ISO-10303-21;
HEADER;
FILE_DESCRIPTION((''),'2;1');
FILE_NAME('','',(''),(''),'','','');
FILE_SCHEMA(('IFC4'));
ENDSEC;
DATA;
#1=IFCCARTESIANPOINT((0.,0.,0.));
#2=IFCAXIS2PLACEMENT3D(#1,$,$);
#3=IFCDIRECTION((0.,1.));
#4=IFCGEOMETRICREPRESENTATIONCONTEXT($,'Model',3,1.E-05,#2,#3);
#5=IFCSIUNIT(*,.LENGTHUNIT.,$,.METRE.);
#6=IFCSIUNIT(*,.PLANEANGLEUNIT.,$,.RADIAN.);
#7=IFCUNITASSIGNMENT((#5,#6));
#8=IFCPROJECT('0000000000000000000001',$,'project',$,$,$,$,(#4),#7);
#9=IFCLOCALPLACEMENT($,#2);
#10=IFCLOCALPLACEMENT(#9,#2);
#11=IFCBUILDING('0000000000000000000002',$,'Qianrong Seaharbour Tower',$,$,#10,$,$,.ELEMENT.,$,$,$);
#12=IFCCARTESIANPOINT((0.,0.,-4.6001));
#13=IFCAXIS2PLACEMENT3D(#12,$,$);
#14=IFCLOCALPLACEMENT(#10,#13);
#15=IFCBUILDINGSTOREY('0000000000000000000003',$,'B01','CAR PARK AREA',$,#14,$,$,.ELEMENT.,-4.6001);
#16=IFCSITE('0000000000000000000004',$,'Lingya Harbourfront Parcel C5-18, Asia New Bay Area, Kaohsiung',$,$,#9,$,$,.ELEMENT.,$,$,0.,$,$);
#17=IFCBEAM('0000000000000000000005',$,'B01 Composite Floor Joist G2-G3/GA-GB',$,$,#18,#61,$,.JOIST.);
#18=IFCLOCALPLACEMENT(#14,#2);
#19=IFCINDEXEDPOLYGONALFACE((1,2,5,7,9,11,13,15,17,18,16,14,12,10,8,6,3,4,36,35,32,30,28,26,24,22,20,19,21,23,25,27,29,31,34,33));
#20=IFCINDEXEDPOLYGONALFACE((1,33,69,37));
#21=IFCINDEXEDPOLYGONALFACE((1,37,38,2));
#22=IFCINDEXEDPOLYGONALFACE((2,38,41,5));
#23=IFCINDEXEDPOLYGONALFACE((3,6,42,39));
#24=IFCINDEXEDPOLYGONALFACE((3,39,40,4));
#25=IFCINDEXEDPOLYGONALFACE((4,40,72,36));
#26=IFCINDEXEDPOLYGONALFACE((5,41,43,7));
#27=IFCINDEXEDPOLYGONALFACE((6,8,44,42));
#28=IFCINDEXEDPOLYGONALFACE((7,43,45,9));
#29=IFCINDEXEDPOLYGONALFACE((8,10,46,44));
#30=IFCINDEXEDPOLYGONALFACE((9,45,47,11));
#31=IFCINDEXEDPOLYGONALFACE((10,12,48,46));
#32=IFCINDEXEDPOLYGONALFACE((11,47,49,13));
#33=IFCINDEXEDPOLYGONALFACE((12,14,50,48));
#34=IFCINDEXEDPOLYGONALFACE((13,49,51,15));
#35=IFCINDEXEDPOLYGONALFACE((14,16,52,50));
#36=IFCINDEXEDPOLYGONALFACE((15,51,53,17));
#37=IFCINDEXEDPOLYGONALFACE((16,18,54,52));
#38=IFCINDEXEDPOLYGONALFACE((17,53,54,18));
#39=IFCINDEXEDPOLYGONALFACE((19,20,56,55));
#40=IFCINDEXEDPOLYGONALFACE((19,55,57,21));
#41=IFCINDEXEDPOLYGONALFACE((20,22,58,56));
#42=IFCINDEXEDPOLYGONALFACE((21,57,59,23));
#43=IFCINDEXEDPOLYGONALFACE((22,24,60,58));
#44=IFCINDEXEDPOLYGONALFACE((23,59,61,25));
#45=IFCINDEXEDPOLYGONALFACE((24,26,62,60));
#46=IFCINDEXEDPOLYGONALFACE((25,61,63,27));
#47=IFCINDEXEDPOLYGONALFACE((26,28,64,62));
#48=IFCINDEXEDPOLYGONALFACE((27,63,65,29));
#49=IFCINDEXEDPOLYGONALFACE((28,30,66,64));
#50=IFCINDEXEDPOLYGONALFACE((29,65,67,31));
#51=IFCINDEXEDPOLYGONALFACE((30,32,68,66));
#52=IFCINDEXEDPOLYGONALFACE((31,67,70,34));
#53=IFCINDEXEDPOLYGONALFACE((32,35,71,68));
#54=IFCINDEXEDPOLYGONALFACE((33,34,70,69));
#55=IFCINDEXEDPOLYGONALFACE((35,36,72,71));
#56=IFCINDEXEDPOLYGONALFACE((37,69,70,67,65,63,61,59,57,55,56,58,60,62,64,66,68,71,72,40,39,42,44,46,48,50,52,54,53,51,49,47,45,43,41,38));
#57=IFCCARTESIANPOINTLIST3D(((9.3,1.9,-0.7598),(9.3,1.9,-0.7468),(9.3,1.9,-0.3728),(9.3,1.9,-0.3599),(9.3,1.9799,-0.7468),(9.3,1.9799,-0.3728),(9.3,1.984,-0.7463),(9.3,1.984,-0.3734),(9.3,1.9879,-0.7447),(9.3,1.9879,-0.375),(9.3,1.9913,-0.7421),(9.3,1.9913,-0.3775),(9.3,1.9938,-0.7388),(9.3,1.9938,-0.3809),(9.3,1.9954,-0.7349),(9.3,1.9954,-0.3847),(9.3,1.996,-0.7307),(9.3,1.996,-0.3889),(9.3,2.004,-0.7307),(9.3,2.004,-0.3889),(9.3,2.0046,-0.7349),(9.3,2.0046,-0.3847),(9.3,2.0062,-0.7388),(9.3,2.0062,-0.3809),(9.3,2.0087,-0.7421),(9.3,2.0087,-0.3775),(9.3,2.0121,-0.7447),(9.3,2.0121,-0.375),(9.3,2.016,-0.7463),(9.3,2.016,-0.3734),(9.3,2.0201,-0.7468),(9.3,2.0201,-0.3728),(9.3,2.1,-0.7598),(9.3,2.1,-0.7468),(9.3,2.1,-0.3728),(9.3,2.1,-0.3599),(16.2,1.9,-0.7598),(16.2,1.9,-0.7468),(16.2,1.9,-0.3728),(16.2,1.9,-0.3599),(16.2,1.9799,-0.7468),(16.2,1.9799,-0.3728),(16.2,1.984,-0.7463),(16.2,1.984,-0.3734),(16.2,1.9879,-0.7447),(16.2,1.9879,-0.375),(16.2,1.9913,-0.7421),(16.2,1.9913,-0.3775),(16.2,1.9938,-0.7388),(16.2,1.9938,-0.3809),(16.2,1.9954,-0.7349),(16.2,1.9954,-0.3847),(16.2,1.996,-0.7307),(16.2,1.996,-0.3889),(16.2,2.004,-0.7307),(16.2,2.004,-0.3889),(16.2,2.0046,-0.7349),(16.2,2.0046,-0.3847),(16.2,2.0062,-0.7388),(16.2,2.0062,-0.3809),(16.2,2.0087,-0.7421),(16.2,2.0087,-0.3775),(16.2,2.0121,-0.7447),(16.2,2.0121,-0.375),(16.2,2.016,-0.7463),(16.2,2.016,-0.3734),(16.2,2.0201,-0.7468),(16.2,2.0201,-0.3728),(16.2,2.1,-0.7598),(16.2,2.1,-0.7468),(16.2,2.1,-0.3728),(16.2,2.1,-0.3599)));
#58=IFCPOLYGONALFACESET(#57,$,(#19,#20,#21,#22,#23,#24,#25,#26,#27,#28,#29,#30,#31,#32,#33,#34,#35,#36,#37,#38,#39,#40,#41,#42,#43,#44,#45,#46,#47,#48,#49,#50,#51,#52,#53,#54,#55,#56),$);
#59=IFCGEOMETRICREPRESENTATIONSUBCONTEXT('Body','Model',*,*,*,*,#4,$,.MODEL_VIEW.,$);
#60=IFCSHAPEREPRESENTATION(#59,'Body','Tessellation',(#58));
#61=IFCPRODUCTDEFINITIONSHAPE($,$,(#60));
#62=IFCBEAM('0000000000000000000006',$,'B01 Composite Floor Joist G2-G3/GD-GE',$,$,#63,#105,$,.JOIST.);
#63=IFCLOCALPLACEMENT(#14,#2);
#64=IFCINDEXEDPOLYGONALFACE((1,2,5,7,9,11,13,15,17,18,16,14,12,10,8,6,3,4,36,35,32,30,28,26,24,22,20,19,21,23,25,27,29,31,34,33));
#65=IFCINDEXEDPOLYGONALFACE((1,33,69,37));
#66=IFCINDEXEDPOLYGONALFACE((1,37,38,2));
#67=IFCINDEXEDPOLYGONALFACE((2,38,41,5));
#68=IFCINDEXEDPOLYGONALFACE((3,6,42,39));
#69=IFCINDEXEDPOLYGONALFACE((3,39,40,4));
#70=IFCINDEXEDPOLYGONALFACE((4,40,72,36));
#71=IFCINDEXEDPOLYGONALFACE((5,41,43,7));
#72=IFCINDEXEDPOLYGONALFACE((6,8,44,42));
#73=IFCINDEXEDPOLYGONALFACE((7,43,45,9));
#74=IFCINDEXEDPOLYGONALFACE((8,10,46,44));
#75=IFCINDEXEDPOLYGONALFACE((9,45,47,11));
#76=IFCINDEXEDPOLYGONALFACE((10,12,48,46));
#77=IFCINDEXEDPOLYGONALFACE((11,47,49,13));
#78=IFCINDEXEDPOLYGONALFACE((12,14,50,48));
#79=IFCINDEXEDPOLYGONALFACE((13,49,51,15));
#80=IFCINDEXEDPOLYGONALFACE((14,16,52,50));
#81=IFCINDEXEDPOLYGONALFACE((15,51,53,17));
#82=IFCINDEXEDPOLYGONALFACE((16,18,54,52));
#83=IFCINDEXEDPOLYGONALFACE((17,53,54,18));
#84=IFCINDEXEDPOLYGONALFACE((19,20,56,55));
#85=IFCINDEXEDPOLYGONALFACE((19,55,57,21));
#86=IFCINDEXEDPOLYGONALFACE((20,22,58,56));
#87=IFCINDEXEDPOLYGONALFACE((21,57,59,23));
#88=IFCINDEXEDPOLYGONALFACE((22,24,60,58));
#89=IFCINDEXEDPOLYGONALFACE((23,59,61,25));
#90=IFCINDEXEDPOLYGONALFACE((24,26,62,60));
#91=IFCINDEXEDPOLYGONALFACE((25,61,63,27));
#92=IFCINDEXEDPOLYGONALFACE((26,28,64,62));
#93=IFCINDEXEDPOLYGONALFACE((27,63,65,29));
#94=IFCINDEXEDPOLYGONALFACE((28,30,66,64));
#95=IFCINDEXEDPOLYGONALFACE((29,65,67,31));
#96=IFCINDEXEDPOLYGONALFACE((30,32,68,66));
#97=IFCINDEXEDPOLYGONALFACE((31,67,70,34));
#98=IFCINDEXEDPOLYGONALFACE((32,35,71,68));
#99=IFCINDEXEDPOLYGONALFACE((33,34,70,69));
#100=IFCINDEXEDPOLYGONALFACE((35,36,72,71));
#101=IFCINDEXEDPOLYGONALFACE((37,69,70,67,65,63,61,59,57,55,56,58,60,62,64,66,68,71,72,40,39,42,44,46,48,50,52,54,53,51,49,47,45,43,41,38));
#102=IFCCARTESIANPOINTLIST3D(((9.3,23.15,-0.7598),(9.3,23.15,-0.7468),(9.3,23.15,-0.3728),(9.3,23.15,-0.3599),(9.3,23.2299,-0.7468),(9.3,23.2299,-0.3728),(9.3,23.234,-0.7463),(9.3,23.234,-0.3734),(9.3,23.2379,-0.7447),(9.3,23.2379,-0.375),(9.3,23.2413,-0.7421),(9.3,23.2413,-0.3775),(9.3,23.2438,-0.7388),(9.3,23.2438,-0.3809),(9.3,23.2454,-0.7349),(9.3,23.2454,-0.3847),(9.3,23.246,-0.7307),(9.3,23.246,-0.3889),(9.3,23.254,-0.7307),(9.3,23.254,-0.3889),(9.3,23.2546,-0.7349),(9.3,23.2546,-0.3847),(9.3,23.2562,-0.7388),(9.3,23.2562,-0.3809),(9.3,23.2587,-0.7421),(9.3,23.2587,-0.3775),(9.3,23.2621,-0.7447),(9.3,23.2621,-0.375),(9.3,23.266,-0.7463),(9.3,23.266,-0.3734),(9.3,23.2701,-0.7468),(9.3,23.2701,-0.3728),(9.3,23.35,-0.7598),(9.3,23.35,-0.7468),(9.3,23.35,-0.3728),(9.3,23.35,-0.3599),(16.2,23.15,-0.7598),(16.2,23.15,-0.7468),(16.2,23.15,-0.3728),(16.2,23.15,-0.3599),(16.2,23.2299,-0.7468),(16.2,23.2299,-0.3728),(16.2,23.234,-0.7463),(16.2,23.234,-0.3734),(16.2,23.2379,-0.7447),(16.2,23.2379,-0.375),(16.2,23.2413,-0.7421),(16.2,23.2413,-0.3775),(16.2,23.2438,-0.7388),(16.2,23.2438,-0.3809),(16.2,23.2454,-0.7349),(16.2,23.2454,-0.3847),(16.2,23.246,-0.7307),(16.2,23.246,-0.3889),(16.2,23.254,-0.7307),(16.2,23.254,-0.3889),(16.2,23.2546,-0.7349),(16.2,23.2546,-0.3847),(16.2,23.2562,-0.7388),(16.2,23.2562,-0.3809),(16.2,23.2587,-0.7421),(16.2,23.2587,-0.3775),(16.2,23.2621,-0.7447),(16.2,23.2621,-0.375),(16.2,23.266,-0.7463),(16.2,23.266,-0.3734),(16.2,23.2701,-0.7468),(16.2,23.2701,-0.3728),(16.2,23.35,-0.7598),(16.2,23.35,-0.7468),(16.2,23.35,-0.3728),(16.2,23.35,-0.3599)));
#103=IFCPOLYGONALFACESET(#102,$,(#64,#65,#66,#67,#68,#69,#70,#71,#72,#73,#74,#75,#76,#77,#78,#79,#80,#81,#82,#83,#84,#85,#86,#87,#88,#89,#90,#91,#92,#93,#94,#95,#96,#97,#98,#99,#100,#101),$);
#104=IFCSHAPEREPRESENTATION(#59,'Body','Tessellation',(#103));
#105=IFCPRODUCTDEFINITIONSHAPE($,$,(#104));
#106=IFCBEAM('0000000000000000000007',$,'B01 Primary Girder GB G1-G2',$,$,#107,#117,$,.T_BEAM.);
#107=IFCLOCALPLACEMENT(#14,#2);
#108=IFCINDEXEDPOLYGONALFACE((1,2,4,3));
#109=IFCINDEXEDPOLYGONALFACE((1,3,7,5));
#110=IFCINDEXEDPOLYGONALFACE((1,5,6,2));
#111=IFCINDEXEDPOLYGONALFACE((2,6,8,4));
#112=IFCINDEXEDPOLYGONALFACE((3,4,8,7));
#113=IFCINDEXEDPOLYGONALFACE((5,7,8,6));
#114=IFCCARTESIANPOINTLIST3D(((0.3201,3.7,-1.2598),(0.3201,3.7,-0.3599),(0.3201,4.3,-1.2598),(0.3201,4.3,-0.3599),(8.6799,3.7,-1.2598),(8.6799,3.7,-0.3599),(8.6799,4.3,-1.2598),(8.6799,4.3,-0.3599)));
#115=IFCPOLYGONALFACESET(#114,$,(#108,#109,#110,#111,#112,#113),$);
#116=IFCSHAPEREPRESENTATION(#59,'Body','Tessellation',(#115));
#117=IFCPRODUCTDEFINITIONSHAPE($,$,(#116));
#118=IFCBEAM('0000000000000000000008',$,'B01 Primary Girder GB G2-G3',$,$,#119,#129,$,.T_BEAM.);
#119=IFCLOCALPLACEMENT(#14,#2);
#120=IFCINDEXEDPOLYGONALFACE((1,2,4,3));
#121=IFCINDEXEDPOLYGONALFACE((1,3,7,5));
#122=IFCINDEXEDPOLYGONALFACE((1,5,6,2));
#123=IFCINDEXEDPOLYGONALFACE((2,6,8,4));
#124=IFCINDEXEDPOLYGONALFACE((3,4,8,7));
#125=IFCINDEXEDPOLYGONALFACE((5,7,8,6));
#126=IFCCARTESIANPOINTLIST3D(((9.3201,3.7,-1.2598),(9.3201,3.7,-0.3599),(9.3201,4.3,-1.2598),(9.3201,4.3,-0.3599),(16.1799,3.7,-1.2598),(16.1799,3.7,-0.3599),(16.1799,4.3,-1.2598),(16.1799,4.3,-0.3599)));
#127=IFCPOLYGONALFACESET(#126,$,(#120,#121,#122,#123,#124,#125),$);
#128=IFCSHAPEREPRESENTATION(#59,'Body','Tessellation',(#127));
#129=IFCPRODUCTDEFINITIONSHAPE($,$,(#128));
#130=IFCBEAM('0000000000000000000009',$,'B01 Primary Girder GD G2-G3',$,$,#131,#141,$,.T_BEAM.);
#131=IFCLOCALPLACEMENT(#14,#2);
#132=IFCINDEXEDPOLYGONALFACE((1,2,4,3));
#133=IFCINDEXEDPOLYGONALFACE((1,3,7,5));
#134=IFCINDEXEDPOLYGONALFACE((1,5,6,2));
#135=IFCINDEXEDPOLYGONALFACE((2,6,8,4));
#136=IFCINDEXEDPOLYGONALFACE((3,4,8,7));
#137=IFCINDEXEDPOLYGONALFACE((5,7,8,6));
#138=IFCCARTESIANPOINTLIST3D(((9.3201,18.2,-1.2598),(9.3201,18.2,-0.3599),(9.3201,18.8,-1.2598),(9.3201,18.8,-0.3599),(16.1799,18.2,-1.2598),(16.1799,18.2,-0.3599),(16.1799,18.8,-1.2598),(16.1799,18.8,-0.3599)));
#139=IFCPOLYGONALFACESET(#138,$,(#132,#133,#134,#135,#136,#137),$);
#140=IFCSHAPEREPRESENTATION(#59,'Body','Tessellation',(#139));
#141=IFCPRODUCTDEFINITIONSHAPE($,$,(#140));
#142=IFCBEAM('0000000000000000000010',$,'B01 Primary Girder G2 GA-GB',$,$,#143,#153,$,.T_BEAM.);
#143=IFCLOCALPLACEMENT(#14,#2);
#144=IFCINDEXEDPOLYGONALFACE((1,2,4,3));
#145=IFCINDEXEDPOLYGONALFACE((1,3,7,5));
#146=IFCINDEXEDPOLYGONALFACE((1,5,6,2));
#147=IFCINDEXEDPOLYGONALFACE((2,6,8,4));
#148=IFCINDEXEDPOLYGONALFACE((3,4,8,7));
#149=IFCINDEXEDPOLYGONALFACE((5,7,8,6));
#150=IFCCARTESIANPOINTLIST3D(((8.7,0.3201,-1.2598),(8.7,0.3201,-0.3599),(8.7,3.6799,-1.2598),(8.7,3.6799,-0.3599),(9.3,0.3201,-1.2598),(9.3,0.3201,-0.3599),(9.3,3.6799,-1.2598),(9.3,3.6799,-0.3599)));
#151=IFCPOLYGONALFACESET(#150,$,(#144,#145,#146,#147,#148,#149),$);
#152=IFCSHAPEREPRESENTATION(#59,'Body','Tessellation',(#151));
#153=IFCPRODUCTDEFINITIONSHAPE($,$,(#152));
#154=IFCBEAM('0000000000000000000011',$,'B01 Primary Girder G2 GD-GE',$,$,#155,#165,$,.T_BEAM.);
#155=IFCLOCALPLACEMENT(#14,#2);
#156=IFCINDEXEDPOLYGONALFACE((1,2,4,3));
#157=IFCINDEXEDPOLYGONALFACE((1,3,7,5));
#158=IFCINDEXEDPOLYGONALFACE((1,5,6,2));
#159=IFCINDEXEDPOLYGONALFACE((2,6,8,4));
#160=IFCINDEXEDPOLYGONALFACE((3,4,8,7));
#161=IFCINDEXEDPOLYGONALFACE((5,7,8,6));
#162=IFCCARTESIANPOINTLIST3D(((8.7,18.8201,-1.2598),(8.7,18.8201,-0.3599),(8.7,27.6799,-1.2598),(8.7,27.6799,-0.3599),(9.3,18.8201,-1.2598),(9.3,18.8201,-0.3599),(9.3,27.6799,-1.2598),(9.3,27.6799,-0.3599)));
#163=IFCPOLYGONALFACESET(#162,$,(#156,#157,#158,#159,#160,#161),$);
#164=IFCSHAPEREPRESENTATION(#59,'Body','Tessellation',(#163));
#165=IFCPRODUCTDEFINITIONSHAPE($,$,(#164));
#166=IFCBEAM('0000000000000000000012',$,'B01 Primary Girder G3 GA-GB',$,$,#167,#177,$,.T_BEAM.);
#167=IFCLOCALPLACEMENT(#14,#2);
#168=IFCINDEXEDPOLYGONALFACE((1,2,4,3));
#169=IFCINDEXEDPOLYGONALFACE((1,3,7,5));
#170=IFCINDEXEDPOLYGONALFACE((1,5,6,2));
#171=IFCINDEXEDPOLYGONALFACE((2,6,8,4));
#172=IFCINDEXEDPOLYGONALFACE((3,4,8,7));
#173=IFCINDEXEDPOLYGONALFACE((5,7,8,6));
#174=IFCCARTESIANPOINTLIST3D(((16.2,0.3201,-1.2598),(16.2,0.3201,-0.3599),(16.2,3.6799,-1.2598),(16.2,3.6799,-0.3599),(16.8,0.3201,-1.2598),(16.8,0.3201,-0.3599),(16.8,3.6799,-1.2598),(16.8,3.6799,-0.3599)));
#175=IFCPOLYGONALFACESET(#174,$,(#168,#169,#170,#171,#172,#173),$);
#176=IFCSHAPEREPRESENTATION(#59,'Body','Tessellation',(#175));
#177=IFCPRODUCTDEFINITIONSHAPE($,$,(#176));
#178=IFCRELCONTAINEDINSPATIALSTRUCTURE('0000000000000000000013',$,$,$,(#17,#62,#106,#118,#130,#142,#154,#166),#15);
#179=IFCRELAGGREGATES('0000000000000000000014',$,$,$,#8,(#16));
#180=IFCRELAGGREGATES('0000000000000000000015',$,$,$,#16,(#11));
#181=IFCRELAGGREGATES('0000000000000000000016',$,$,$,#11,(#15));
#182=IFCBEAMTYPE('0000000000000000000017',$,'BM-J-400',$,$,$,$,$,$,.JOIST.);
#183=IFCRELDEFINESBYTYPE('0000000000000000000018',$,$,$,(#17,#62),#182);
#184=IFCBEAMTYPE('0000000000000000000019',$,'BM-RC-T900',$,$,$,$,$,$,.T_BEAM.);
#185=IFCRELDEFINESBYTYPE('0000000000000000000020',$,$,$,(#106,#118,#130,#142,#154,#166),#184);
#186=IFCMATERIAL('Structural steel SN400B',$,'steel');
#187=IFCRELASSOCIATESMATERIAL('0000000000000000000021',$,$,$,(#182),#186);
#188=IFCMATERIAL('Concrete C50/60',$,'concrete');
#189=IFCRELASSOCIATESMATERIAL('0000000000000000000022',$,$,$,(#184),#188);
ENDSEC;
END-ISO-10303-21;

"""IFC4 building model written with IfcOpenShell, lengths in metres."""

from ifc_helpers import new_model, si_unit, direction, frame, origin, origin_2d, place, context, subcontext, project, spatial, rectangle, i_section, extrude, material, material_profile, profile_set, type_object, element, save


model = new_model("IFC4")

# Units and contexts
model_context = context("Model", 3, precision=1e-05, world=origin(), true_north=direction((0.0, 1.0)))
body_context = subcontext(model_context, "Body", "Model", "MODEL_VIEW")
ifc_project = project(units=[si_unit("LENGTHUNIT", "METRE"), si_unit("PLANEANGLEUNIT", "RADIAN")], contexts=[model_context])

# Site, building, storey
site_placement = place(None, origin())
site = spatial("IfcSite", under=ifc_project, at=site_placement, Name="Lingya Harbourfront Parcel C5-18, Asia New Bay Area, Kaohsiung", CompositionType="ELEMENT", RefElevation=0.0)
building_placement = place(site_placement, origin())
building = spatial("IfcBuilding", under=site, at=building_placement, Name="Qianrong Seaharbour Tower", CompositionType="ELEMENT")
storey_placement = place(building_placement, frame((0.0, 0.0, -4.6001)))
storey = spatial("IfcBuildingStorey", under=building, at=storey_placement, Name="B01", Description="CAR PARK AREA", CompositionType="ELEMENT", Elevation=-4.6001)

# Beams
ifc_material_1 = material(Name="Structural steel SN400B", Category="steel")
ifc_material_profile_1 = material_profile(ifc_material_1, i_section(OverallWidth=0.2, OverallDepth=0.3999, WebThickness=0.0081, FlangeThickness=0.0129, FilletRadius=0.0161, at=origin_2d()), Name="H400x200x8x13")
ifc_profile_set_1 = profile_set([ifc_material_profile_1], Name="Structural steel SN400B")
beam_type_1 = type_object("IfcBeamType", Name="BM-J-400", PredefinedType="JOIST", material=ifc_profile_set_1)
for number, where, z_axis, x_axis, name in (
    (1, (9.3, 2.0, -0.5598), (1.0, 0.0, 0.0), (0.0, 1.0, 0.0), "B01 Composite Floor Joist G2-G3/GA-GB"),
    (2, (9.3, 23.25, -0.5598), (1.0, 0.0, 0.0), (0.0, 1.0, 0.0), "B01 Composite Floor Joist G2-G3/GD-GE"),
):
    element("IfcBeam", number, at=place(storey_placement, frame(where, z_axis=z_axis, x_axis=x_axis)), inside=storey, type_object=beam_type_1, Name=name, PredefinedType="JOIST", context=body_context, shape_type="SweptSolid", body=[
        extrude(i_section(OverallWidth=0.2, OverallDepth=0.3999, WebThickness=0.0081, FlangeThickness=0.0129, FilletRadius=0.0161, at=origin_2d()), origin(), (0.0, 0.0, 1.0), 6.8999),
    ])
ifc_material_2 = material(Name="Concrete C50/60", Category="concrete")
ifc_material_profile_2 = material_profile(ifc_material_2, rectangle(XDim=0.6001, YDim=0.8999, at=origin_2d()), Name="RC600x900")
ifc_profile_set_2 = profile_set([ifc_material_profile_2], Name="Concrete C50/60")
beam_type_2 = type_object("IfcBeamType", Name="BM-RC-T900", PredefinedType="T_BEAM", material=ifc_profile_set_2)
beam_1_placement = place(storey_placement, frame((0.3201, 4.0, -0.8098), z_axis=(1.0, 0.0, 0.0), x_axis=(0.0, 1.0, 0.0)))
element("IfcBeam", 3, at=beam_1_placement, inside=storey, type_object=beam_type_2, Name="B01 Primary Girder GB G1-G2", PredefinedType="T_BEAM", context=body_context, shape_type="SweptSolid", body=[
    extrude(rectangle(XDim=0.6001, YDim=0.8999, at=origin_2d()), origin(), (0.0, 0.0, 1.0), 8.3599),
])
for number, where, z_axis, x_axis, name in (
    (4, (9.3201, 4.0, -0.8098), (1.0, 0.0, 0.0), (0.0, 1.0, 0.0), "B01 Primary Girder GB G2-G3"),
    (5, (9.3201, 18.5, -0.8098), (1.0, 0.0, 0.0), (0.0, 1.0, 0.0), "B01 Primary Girder GD G2-G3"),
):
    element("IfcBeam", number, at=place(storey_placement, frame(where, z_axis=z_axis, x_axis=x_axis)), inside=storey, type_object=beam_type_2, Name=name, PredefinedType="T_BEAM", context=body_context, shape_type="SweptSolid", body=[
        extrude(rectangle(XDim=0.6001, YDim=0.8999, at=origin_2d()), origin(), (0.0, 0.0, 1.0), 6.8599),
    ])
beam_2_placement = place(storey_placement, frame((9.0, 0.3201, -0.8098), z_axis=(0.0, 1.0, 0.0), x_axis=(-1.0, 0.0, 0.0)))
element("IfcBeam", 6, at=beam_2_placement, inside=storey, type_object=beam_type_2, Name="B01 Primary Girder G2 GA-GB", PredefinedType="T_BEAM", context=body_context, shape_type="SweptSolid", body=[
    extrude(rectangle(XDim=0.6001, YDim=0.8999, at=origin_2d()), origin(), (0.0, 0.0, 1.0), 3.3599),
])
beam_3_placement = place(storey_placement, frame((9.0, 18.8201, -0.8098), z_axis=(0.0, 1.0, 0.0), x_axis=(-1.0, 0.0, 0.0)))
element("IfcBeam", 7, at=beam_3_placement, inside=storey, type_object=beam_type_2, Name="B01 Primary Girder G2 GD-GE", PredefinedType="T_BEAM", context=body_context, shape_type="SweptSolid", body=[
    extrude(rectangle(XDim=0.6001, YDim=0.8999, at=origin_2d()), origin(), (0.0, 0.0, 1.0), 8.8599),
])
beam_4_placement = place(storey_placement, frame((16.5, 0.3201, -0.8098), z_axis=(0.0, 1.0, 0.0), x_axis=(-1.0, 0.0, 0.0)))
element("IfcBeam", 8, at=beam_4_placement, inside=storey, type_object=beam_type_2, Name="B01 Primary Girder G3 GA-GB", PredefinedType="T_BEAM", context=body_context, shape_type="SweptSolid", body=[
    extrude(rectangle(XDim=0.6001, YDim=0.8999, at=origin_2d()), origin(), (0.0, 0.0, 1.0), 3.3599),
])

save(model, "model.ifc")
